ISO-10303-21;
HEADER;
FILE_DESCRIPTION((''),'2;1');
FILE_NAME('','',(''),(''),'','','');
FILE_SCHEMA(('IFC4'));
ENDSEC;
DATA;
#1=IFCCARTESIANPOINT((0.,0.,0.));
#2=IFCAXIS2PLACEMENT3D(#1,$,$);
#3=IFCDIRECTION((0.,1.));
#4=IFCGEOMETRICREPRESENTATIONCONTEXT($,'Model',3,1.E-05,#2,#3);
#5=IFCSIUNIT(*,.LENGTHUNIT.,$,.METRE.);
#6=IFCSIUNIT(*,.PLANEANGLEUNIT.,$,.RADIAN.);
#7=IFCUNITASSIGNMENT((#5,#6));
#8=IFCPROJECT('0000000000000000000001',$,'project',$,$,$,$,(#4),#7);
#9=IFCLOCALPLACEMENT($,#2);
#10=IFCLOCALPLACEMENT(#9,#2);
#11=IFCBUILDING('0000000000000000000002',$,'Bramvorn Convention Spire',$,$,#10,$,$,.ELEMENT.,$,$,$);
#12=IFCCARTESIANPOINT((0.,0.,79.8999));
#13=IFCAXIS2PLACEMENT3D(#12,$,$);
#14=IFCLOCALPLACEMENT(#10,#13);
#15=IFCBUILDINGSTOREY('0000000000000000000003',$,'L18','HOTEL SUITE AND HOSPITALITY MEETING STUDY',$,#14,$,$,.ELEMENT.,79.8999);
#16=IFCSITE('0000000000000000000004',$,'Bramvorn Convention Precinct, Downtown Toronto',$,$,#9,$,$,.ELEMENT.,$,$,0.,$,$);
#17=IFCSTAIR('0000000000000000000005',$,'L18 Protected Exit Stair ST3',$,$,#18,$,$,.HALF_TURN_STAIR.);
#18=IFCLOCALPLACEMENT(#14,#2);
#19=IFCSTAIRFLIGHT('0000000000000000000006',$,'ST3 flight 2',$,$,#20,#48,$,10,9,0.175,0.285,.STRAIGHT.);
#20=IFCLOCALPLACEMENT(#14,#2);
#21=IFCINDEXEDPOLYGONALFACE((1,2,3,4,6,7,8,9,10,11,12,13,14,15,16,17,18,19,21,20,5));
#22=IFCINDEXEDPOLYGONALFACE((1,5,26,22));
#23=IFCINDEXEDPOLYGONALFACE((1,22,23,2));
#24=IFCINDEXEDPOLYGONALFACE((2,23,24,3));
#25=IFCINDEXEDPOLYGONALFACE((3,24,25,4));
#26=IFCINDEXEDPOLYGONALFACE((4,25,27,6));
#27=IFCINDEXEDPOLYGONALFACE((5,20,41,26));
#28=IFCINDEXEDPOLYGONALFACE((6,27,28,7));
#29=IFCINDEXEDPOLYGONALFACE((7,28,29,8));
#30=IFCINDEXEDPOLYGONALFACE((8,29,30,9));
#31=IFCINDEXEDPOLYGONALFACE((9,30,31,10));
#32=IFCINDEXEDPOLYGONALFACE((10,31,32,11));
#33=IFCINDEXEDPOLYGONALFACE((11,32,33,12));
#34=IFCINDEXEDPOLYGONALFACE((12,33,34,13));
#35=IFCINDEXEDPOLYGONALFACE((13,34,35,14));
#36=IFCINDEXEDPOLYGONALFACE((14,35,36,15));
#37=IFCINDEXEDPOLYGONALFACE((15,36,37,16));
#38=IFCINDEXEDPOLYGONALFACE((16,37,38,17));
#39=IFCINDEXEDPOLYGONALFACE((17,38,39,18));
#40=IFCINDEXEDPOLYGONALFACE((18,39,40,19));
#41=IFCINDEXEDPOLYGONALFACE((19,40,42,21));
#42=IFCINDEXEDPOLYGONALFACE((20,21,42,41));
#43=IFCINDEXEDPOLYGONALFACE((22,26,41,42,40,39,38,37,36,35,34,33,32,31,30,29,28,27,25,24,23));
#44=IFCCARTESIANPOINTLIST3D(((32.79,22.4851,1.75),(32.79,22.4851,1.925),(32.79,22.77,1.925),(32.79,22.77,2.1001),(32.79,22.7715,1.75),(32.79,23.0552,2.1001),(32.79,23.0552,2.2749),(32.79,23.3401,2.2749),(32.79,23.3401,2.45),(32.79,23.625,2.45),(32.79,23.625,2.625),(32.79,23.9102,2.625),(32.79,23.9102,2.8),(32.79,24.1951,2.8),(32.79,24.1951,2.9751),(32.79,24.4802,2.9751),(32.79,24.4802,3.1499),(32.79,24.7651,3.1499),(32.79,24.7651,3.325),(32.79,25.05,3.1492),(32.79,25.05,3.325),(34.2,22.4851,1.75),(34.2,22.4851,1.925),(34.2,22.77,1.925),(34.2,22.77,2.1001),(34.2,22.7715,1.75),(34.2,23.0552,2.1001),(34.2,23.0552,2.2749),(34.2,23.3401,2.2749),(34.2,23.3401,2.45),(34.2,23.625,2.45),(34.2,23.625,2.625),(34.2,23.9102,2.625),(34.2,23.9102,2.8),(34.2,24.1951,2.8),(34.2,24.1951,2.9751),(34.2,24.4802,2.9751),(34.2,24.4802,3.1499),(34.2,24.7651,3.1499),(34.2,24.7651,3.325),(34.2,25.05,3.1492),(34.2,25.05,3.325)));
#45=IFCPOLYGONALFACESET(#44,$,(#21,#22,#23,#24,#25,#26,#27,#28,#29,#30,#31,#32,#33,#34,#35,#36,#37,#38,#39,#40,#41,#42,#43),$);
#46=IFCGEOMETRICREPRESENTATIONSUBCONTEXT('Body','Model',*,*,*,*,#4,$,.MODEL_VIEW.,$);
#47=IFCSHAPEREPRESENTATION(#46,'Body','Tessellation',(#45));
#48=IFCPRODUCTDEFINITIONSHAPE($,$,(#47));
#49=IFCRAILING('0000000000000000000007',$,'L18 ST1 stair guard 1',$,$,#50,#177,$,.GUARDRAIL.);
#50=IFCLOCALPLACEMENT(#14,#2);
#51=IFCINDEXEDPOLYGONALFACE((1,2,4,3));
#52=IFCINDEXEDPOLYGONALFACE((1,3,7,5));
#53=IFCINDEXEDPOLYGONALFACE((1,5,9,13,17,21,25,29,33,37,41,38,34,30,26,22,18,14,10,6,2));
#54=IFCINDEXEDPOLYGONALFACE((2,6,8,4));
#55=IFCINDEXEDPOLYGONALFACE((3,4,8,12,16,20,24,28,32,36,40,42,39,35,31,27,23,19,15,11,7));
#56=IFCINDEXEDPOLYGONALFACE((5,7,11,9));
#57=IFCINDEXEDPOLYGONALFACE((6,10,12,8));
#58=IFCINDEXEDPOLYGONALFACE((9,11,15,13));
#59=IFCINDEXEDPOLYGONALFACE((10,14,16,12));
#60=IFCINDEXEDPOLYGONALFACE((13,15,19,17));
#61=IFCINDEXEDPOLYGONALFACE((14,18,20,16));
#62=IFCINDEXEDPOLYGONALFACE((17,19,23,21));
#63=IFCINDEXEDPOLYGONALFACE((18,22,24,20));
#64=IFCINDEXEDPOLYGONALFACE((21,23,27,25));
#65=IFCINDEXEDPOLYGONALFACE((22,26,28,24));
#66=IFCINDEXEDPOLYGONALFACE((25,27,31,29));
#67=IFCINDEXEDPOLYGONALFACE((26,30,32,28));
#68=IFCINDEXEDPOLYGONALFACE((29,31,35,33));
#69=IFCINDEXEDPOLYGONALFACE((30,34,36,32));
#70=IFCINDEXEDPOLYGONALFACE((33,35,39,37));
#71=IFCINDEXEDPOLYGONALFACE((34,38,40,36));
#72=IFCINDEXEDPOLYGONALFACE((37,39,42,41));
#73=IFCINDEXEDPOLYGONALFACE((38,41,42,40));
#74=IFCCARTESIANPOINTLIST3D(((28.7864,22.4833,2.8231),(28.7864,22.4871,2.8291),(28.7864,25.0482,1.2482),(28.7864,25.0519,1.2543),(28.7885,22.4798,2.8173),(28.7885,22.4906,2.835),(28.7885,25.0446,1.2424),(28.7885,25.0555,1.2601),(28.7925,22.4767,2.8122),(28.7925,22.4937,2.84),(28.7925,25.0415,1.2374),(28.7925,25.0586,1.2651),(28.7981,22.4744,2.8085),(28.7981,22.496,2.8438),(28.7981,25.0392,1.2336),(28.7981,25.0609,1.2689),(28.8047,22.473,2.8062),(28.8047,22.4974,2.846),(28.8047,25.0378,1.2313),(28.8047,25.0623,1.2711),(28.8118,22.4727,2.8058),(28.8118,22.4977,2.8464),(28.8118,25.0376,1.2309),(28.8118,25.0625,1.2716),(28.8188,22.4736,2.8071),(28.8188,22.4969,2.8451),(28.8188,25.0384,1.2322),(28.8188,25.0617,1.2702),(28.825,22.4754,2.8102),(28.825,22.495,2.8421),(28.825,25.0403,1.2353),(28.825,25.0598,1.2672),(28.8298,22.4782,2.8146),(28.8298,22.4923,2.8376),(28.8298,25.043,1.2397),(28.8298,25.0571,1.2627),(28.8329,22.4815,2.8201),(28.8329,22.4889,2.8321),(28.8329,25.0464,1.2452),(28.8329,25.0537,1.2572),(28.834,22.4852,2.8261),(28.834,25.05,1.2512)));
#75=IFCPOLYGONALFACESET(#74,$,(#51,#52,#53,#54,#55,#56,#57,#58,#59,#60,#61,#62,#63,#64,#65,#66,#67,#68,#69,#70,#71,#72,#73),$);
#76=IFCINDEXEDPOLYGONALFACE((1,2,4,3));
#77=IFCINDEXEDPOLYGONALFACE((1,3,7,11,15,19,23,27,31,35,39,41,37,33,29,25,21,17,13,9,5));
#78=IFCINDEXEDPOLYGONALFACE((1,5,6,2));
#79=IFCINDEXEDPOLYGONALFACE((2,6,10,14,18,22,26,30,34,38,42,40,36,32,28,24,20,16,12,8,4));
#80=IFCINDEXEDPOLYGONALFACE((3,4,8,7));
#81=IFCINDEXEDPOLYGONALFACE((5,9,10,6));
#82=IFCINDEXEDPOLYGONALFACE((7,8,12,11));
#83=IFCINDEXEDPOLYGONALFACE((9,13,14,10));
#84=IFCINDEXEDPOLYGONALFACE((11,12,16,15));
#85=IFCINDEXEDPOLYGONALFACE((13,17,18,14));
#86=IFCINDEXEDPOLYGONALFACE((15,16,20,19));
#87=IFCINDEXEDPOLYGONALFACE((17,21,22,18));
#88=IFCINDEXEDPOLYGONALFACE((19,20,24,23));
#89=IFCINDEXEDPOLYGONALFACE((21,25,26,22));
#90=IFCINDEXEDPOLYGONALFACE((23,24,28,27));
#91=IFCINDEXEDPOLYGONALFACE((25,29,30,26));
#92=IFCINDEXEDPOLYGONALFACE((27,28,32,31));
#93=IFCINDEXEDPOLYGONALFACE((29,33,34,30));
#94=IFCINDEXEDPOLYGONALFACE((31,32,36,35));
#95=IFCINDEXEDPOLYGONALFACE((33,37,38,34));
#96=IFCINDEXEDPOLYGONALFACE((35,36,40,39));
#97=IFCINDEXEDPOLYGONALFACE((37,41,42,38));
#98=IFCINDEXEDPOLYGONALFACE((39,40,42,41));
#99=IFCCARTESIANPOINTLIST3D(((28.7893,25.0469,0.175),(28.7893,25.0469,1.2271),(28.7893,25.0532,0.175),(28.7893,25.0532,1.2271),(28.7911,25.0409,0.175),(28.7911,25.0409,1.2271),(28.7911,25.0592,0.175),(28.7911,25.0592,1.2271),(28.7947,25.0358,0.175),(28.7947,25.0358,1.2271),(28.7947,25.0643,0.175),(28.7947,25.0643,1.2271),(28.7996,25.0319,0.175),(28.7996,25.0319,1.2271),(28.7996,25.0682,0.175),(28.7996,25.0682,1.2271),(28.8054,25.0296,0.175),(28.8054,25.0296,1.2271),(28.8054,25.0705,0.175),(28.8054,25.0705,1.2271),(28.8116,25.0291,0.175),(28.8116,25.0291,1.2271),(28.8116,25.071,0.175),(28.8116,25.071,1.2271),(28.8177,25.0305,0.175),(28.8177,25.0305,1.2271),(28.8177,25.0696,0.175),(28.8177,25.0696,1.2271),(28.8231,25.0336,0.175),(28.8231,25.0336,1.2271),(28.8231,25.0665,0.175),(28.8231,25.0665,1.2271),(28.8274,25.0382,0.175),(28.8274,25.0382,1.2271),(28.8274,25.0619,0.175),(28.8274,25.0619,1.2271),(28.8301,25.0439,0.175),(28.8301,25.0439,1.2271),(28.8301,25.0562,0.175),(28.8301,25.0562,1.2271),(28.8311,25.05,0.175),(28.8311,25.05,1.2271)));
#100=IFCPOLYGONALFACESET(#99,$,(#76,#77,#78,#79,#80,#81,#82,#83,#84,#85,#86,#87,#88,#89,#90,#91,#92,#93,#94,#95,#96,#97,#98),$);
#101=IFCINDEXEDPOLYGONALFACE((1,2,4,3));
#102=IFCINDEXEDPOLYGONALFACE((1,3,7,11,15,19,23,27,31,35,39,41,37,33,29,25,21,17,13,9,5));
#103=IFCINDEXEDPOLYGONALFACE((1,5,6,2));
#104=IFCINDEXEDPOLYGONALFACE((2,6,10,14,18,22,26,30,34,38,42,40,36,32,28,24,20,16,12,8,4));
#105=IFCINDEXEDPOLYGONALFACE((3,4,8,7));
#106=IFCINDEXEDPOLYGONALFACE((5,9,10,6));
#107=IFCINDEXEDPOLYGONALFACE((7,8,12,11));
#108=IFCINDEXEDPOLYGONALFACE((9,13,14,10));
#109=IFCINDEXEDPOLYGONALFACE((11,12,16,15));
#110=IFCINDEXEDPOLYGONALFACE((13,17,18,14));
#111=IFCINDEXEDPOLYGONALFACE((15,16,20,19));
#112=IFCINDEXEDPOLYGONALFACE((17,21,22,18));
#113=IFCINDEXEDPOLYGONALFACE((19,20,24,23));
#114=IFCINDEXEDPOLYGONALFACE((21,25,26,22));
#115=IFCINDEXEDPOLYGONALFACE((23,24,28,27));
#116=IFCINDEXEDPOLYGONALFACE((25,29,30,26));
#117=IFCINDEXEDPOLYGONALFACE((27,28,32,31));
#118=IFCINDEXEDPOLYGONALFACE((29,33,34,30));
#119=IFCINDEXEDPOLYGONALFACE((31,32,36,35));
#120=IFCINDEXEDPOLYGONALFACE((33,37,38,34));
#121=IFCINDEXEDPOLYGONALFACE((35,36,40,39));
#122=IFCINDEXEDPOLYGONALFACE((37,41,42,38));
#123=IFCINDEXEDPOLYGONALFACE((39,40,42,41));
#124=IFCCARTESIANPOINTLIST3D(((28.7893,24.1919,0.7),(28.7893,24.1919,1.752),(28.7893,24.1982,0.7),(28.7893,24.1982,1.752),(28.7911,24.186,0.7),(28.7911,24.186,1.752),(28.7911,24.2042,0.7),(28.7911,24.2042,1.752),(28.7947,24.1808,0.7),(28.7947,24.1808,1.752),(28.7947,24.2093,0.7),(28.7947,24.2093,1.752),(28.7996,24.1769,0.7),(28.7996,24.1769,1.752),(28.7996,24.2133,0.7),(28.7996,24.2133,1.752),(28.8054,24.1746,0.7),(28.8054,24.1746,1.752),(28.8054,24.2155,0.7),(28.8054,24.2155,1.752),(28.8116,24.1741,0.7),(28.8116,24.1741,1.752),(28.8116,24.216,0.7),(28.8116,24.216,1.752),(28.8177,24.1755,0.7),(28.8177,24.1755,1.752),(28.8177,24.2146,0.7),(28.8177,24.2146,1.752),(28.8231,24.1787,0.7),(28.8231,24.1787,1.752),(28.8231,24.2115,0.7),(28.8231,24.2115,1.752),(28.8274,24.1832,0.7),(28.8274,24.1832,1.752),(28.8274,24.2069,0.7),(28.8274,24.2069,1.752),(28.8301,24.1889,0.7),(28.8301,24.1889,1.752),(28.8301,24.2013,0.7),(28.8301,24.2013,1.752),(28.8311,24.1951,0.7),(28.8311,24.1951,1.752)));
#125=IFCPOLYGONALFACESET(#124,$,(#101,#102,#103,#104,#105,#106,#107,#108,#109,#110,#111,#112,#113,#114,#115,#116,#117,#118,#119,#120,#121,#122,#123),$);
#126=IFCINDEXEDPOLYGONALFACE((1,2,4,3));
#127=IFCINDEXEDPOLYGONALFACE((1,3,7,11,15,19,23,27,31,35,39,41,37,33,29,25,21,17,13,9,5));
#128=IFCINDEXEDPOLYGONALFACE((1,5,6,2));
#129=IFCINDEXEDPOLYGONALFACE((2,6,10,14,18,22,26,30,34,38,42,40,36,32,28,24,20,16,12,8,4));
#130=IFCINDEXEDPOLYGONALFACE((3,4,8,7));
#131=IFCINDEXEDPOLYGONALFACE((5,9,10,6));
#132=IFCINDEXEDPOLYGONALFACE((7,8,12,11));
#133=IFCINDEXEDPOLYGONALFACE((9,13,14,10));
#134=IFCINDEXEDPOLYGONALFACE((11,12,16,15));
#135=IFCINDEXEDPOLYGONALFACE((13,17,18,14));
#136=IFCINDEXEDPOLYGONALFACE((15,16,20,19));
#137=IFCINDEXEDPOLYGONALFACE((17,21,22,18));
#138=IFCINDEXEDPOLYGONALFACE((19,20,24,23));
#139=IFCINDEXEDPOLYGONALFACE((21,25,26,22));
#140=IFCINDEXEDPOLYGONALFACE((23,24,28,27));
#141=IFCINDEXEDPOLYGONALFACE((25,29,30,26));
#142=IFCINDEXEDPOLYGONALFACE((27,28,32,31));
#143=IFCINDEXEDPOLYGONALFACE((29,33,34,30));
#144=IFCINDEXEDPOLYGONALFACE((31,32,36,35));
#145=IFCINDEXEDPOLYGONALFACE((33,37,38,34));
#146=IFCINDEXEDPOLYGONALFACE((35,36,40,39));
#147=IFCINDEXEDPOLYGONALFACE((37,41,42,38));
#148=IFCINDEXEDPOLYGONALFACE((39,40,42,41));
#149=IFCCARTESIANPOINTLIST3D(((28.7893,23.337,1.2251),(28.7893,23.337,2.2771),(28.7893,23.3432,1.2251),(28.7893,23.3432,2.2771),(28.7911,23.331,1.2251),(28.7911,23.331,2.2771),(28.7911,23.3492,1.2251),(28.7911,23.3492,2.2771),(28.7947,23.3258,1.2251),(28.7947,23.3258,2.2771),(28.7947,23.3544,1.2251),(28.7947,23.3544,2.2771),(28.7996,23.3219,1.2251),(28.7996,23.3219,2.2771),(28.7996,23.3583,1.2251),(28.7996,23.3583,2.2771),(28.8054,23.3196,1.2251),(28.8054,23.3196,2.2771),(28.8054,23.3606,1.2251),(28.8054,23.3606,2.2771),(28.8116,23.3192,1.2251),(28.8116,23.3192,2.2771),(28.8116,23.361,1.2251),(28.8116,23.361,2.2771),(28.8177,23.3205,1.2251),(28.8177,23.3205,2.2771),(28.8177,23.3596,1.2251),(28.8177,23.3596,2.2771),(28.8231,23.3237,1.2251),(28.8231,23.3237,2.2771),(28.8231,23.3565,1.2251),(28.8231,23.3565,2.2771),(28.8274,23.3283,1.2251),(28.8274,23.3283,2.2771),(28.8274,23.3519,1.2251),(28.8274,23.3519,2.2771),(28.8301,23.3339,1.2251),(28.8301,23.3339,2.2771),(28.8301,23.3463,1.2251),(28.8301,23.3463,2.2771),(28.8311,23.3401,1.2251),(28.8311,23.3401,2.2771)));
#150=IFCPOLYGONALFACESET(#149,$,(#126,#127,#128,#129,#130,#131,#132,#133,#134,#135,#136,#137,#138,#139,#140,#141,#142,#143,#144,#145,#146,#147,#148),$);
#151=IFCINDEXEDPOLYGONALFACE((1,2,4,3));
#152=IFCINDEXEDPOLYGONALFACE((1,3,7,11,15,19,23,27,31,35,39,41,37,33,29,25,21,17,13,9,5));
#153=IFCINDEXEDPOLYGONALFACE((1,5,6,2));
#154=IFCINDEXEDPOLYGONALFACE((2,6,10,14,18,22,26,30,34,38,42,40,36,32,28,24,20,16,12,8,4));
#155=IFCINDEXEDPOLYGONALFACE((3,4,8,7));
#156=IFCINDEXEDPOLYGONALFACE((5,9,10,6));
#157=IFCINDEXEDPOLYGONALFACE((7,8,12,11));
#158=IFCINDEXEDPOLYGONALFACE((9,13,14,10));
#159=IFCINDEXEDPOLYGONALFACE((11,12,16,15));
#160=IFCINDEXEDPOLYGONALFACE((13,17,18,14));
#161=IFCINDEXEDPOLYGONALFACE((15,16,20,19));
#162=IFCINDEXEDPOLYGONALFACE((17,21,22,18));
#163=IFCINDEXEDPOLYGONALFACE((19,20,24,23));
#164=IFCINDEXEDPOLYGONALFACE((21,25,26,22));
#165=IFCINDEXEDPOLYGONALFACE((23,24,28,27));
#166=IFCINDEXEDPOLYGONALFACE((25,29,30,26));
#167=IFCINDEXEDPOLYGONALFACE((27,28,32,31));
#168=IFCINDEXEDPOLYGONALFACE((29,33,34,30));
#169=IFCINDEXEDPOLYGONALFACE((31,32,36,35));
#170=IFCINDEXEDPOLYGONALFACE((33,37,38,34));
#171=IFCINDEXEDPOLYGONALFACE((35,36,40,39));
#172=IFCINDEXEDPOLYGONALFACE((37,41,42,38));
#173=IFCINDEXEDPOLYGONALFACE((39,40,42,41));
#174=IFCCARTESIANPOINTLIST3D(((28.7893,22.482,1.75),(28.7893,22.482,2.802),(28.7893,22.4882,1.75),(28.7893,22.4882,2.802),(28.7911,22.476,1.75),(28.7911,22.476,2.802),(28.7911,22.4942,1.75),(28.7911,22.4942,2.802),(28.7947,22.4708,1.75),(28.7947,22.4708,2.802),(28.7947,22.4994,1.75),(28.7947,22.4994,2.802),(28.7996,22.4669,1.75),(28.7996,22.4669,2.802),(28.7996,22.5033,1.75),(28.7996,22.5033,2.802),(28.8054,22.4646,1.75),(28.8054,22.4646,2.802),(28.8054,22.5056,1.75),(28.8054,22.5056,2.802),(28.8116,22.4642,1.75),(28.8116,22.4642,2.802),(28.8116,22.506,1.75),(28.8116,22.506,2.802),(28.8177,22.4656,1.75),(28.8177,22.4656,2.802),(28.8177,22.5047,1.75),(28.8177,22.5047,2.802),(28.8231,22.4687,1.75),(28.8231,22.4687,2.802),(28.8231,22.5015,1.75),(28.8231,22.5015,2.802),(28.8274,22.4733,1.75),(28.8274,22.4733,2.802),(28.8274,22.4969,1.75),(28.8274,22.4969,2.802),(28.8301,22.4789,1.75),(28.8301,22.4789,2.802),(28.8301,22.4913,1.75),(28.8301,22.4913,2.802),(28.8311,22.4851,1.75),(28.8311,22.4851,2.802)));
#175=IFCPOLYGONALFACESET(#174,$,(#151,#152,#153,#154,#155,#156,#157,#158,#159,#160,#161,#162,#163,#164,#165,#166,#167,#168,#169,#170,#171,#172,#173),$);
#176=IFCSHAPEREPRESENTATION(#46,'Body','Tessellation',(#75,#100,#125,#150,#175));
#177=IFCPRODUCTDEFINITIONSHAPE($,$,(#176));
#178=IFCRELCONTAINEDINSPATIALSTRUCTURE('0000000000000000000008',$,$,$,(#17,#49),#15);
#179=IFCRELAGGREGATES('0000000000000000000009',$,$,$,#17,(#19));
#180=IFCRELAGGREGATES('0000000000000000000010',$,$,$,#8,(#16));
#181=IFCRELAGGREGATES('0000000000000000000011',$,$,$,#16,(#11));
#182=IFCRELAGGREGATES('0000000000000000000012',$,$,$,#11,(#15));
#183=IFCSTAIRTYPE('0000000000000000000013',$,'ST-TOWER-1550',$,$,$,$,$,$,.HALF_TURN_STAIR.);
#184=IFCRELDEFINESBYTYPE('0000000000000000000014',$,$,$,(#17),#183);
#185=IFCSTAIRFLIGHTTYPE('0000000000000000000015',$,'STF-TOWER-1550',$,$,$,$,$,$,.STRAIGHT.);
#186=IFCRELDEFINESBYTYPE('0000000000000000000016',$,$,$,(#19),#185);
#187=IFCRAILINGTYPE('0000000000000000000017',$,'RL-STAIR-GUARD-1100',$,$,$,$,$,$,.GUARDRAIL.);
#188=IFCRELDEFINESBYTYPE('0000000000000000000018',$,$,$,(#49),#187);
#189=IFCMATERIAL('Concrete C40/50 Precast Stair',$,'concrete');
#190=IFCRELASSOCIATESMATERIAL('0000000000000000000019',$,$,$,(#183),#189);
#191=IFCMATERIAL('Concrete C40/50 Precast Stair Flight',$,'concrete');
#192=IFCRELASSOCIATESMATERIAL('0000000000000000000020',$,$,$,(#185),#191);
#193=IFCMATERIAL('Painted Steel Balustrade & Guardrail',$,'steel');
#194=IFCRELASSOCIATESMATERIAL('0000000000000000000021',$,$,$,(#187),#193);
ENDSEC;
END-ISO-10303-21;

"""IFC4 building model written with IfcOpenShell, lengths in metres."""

from ifc_helpers import new_model, si_unit, direction, frame, origin, origin_2d, place, context, subcontext, project, spatial, polyline, circle, outline, extrude, material, type_object, element, aggregate, save


model = new_model("IFC4")

# Units and contexts
model_context = context("Model", 3, precision=1e-05, world=origin(), true_north=direction((0.0, 1.0)))
body_context = subcontext(model_context, "Body", "Model", "MODEL_VIEW")
ifc_project = project(units=[si_unit("LENGTHUNIT", "METRE"), si_unit("PLANEANGLEUNIT", "RADIAN")], contexts=[model_context])

# Site, building, storey
site_placement = place(None, origin())
site = spatial("IfcSite", under=ifc_project, at=site_placement, Name="Bramvorn Convention Precinct, Downtown Toronto", CompositionType="ELEMENT", RefElevation=0.0)
building_placement = place(site_placement, origin())
building = spatial("IfcBuilding", under=site, at=building_placement, Name="Bramvorn Convention Spire", CompositionType="ELEMENT")
storey_placement = place(building_placement, frame((0.0, 0.0, 79.8999)))
storey = spatial("IfcBuildingStorey", under=building, at=storey_placement, Name="L18", Description="HOTEL SUITE AND HOSPITALITY MEETING STUDY", CompositionType="ELEMENT", Elevation=79.8999)

# Stair, stair flight
ifc_material_1 = material(Name="Concrete C40/50 Precast Stair", Category="concrete")
stair_type = type_object("IfcStairType", Name="ST-TOWER-1550", PredefinedType="HALF_TURN_STAIR", material=ifc_material_1)
ifc_material_2 = material(Name="Concrete C40/50 Precast Stair Flight", Category="concrete")
stair_flight_type = type_object("IfcStairFlightType", Name="STF-TOWER-1550", PredefinedType="STRAIGHT", material=ifc_material_2)
stair_1_placement = place(storey_placement, origin())
stair_1 = element("IfcStair", 1, at=stair_1_placement, inside=storey, type_object=stair_type, Name="L18 Protected Exit Stair ST3", PredefinedType="HALF_TURN_STAIR")
stair_flight_1_placement = place(storey_placement, frame((33.4951, 22.4851, 1.75), z_axis=(0.0, 0.0, 1.0), x_axis=(0.0, 1.0, 0.0)))
stair_flight_1 = element("IfcStairFlight", 2, at=stair_flight_1_placement, type_object=stair_flight_type, Name="ST3 flight 2", NumberOfRisers=10, NumberOfTreads=9, PredefinedType="STRAIGHT", RiserHeight=0.175, TreadLength=0.285, context=body_context, shape_type="SweptSolid", body=[
    extrude(outline(polyline([(0.0, 0.0), (0.0, 0.175), (0.2849, 0.175), (0.2849, 0.3501), (0.5701, 0.3501), (0.5701, 0.5249), (0.855, 0.5249), (0.855, 0.7), (1.1399, 0.7), (1.1399, 0.875), (1.425, 0.875), (1.425, 1.05), (1.71, 1.05), (1.71, 1.2251), (1.9951, 1.2251), (1.9951, 1.3999), (2.28, 1.3999), (2.28, 1.575), (2.5649, 1.575), (2.5649, 1.75), (2.5649, 1.3992), (0.2864, 0.0), (0.0, 0.0)])), frame((0.0, 0.7051, 0.0), z_axis=(0.0, -1.0, 0.0), x_axis=(1.0, 0.0, 0.0)), (0.0, 0.0, 1.0), 1.4099),
])
aggregate(stair_1, [stair_flight_1])

# Railing
ifc_material_3 = material(Name="Painted Steel Balustrade & Guardrail", Category="steel")
railing_type_1 = type_object("IfcRailingType", Name="RL-STAIR-GUARD-1100", PredefinedType="GUARDRAIL", material=ifc_material_3)
railing_1_placement = place(storey_placement, frame((28.8101, 25.05, 0.175)))
element("IfcRailing", 3, at=railing_1_placement, inside=storey, type_object=railing_type_1, Name="L18 ST1 stair guard 1", PredefinedType="GUARDRAIL", context=body_context, shape_type="SweptSolid", body=[
    extrude(circle(Radius=0.0239, at=origin_2d()), frame((0.0, 0.0, 1.0762), z_axis=(0.0, -0.852173, 0.52326), x_axis=(1.0, 0.0, 0.0)), (0.0, 0.0, 1.0), 3.0098),
    extrude(circle(Radius=0.021, at=origin_2d()), origin(), (0.0, 0.0, 1.0), 1.052),
    extrude(circle(Radius=0.021, at=origin_2d()), frame((0.0, -0.855, 0.5249)), (0.0, 0.0, 1.0), 1.052),
    extrude(circle(Radius=0.021, at=origin_2d()), frame((0.0, -1.71, 1.05)), (0.0, 0.0, 1.0), 1.052),
    extrude(circle(Radius=0.021, at=origin_2d()), frame((0.0, -2.5649, 1.575)), (0.0, 0.0, 1.0), 1.052),
])

save(model, "model.ifc")
